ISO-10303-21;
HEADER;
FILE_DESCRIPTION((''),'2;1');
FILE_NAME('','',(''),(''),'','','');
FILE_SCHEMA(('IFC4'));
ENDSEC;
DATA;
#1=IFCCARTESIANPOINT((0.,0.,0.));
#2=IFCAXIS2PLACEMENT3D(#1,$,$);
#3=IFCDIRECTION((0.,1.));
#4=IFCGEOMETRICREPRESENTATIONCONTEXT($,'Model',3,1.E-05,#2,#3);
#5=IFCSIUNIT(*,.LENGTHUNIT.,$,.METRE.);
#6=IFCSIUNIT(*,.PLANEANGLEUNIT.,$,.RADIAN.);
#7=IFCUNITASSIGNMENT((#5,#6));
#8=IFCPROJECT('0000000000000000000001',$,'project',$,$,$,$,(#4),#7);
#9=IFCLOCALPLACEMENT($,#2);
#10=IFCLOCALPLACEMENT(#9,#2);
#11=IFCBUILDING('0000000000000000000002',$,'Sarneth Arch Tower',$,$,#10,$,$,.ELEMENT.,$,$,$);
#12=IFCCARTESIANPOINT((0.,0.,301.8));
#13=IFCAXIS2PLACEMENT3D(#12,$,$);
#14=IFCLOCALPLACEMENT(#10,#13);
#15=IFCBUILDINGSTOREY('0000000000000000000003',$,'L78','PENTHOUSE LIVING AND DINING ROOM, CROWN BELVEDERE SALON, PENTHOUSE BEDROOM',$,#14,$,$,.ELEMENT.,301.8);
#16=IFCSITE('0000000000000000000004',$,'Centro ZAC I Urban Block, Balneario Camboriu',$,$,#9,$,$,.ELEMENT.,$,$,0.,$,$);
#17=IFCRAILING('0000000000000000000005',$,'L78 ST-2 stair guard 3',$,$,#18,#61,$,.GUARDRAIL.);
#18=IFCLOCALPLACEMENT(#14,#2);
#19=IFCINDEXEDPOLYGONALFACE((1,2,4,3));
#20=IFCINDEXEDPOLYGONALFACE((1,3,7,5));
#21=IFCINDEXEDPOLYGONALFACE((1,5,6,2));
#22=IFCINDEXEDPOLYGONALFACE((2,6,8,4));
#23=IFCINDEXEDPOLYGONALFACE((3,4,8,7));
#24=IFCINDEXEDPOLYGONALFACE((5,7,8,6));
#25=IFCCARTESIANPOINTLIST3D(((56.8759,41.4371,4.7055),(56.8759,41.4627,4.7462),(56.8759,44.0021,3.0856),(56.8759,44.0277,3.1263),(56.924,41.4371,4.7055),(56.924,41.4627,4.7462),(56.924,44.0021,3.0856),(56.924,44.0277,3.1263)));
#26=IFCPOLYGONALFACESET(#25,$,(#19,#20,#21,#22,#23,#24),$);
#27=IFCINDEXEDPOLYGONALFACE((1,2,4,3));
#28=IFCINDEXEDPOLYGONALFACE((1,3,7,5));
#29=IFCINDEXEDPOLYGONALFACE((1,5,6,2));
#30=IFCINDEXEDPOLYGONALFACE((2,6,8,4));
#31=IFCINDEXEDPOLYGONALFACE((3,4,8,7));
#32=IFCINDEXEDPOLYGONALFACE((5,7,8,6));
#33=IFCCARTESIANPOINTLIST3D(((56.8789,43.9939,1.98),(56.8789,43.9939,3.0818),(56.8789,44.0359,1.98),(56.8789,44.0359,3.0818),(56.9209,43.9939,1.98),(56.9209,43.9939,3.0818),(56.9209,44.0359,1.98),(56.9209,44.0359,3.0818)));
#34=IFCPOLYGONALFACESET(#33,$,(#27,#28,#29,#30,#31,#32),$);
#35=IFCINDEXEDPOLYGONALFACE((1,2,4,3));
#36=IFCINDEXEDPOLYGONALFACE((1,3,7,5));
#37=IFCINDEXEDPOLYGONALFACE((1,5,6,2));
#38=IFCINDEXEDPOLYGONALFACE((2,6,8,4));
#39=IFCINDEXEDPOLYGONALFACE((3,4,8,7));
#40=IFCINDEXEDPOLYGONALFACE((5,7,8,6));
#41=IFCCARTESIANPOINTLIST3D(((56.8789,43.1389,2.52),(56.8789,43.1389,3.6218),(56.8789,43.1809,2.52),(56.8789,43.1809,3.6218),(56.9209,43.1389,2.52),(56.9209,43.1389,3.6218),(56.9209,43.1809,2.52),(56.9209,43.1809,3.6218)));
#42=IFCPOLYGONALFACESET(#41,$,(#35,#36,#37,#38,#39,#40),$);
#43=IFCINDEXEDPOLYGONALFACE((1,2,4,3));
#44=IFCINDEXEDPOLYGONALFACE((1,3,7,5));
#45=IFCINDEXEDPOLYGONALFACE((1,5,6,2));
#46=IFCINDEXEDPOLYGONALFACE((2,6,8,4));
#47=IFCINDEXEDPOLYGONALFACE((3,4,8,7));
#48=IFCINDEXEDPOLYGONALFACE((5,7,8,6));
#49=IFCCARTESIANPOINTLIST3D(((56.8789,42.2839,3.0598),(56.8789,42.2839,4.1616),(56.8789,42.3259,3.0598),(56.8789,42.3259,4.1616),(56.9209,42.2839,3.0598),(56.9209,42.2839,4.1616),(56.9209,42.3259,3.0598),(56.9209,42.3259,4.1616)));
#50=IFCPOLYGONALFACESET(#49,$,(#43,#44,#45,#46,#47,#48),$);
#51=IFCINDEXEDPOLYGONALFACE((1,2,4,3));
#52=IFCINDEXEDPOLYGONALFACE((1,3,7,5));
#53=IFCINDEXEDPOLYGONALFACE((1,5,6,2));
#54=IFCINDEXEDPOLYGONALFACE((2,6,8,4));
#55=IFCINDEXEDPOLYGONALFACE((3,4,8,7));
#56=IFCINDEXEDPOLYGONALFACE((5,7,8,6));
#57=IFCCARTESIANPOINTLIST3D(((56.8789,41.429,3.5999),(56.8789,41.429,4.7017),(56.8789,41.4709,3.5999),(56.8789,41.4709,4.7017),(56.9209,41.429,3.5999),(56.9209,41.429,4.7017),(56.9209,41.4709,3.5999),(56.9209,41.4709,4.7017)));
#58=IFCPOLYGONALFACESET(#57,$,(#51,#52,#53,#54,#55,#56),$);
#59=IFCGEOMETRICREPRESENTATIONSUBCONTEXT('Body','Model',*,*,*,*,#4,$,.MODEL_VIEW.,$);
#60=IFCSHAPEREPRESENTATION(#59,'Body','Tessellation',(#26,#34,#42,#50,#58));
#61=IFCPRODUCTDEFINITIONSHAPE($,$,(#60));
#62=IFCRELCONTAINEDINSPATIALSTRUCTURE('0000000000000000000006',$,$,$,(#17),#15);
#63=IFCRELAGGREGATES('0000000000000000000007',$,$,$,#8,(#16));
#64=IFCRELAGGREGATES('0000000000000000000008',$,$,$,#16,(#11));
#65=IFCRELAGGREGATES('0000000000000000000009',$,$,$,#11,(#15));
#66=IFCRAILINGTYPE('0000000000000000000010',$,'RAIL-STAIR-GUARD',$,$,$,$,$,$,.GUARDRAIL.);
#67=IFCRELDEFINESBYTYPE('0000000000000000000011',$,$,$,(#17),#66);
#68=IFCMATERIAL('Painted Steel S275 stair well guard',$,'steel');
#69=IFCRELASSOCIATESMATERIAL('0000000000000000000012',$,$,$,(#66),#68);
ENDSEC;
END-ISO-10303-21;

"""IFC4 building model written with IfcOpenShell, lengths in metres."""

from ifc_helpers import new_model, si_unit, direction, frame, origin, origin_2d, place, context, subcontext, project, spatial, rectangle, extrude, material, type_object, element, save


model = new_model("IFC4")

# Units and contexts
model_context = context("Model", 3, precision=1e-05, world=origin(), true_north=direction((0.0, 1.0)))
body_context = subcontext(model_context, "Body", "Model", "MODEL_VIEW")
ifc_project = project(units=[si_unit("LENGTHUNIT", "METRE"), si_unit("PLANEANGLEUNIT", "RADIAN")], contexts=[model_context])

# Site, building, storey
site_placement = place(None, origin())
site = spatial("IfcSite", under=ifc_project, at=site_placement, Name="Centro ZAC I Urban Block, Balneario Camboriu", CompositionType="ELEMENT", RefElevation=0.0)
building_placement = place(site_placement, origin())
building = spatial("IfcBuilding", under=site, at=building_placement, Name="Sarneth Arch Tower", CompositionType="ELEMENT")
storey_placement = place(building_placement, frame((0.0, 0.0, 301.8)))
storey = spatial("IfcBuildingStorey", under=building, at=storey_placement, Name="L78", Description="PENTHOUSE LIVING AND DINING ROOM, CROWN BELVEDERE SALON, PENTHOUSE BEDROOM", CompositionType="ELEMENT", Elevation=301.8)

# Railing
ifc_material_1 = material(Name="Painted Steel S275 stair well guard", Category="steel")
railing_type_1 = type_object("IfcRailingType", Name="RAIL-STAIR-GUARD", PredefinedType="GUARDRAIL", material=ifc_material_1)
railing_1_placement = place(storey_placement, frame((56.8999, 44.0149, 1.98)))
element("IfcRailing", 1, at=railing_1_placement, inside=storey, type_object=railing_type_1, Name="L78 ST-2 stair guard 3", PredefinedType="GUARDRAIL", context=body_context, shape_type="SweptSolid", body=[
    extrude(rectangle(XDim=0.0481, YDim=0.0481, at=origin_2d()), frame((0.0, 0.0, 1.126), z_axis=(0.0, -0.845502, 0.533972), x_axis=(1.0, 0.0, 0.0)), (0.0, 0.0, 1.0), 3.0337),
    extrude(rectangle(XDim=0.042, YDim=0.042, at=origin_2d()), origin(), (0.0, 0.0, 1.0), 1.1018),
    extrude(rectangle(XDim=0.042, YDim=0.042, at=origin_2d()), frame((0.0, -0.855, 0.54)), (0.0, 0.0, 1.0), 1.1018),
    extrude(rectangle(XDim=0.042, YDim=0.042, at=origin_2d()), frame((0.0, -1.71, 1.0798)), (0.0, 0.0, 1.0), 1.1018),
    extrude(rectangle(XDim=0.042, YDim=0.042, at=origin_2d()), frame((0.0, -2.5649, 1.6199)), (0.0, 0.0, 1.0), 1.1018),
])

save(model, "model.ifc")
